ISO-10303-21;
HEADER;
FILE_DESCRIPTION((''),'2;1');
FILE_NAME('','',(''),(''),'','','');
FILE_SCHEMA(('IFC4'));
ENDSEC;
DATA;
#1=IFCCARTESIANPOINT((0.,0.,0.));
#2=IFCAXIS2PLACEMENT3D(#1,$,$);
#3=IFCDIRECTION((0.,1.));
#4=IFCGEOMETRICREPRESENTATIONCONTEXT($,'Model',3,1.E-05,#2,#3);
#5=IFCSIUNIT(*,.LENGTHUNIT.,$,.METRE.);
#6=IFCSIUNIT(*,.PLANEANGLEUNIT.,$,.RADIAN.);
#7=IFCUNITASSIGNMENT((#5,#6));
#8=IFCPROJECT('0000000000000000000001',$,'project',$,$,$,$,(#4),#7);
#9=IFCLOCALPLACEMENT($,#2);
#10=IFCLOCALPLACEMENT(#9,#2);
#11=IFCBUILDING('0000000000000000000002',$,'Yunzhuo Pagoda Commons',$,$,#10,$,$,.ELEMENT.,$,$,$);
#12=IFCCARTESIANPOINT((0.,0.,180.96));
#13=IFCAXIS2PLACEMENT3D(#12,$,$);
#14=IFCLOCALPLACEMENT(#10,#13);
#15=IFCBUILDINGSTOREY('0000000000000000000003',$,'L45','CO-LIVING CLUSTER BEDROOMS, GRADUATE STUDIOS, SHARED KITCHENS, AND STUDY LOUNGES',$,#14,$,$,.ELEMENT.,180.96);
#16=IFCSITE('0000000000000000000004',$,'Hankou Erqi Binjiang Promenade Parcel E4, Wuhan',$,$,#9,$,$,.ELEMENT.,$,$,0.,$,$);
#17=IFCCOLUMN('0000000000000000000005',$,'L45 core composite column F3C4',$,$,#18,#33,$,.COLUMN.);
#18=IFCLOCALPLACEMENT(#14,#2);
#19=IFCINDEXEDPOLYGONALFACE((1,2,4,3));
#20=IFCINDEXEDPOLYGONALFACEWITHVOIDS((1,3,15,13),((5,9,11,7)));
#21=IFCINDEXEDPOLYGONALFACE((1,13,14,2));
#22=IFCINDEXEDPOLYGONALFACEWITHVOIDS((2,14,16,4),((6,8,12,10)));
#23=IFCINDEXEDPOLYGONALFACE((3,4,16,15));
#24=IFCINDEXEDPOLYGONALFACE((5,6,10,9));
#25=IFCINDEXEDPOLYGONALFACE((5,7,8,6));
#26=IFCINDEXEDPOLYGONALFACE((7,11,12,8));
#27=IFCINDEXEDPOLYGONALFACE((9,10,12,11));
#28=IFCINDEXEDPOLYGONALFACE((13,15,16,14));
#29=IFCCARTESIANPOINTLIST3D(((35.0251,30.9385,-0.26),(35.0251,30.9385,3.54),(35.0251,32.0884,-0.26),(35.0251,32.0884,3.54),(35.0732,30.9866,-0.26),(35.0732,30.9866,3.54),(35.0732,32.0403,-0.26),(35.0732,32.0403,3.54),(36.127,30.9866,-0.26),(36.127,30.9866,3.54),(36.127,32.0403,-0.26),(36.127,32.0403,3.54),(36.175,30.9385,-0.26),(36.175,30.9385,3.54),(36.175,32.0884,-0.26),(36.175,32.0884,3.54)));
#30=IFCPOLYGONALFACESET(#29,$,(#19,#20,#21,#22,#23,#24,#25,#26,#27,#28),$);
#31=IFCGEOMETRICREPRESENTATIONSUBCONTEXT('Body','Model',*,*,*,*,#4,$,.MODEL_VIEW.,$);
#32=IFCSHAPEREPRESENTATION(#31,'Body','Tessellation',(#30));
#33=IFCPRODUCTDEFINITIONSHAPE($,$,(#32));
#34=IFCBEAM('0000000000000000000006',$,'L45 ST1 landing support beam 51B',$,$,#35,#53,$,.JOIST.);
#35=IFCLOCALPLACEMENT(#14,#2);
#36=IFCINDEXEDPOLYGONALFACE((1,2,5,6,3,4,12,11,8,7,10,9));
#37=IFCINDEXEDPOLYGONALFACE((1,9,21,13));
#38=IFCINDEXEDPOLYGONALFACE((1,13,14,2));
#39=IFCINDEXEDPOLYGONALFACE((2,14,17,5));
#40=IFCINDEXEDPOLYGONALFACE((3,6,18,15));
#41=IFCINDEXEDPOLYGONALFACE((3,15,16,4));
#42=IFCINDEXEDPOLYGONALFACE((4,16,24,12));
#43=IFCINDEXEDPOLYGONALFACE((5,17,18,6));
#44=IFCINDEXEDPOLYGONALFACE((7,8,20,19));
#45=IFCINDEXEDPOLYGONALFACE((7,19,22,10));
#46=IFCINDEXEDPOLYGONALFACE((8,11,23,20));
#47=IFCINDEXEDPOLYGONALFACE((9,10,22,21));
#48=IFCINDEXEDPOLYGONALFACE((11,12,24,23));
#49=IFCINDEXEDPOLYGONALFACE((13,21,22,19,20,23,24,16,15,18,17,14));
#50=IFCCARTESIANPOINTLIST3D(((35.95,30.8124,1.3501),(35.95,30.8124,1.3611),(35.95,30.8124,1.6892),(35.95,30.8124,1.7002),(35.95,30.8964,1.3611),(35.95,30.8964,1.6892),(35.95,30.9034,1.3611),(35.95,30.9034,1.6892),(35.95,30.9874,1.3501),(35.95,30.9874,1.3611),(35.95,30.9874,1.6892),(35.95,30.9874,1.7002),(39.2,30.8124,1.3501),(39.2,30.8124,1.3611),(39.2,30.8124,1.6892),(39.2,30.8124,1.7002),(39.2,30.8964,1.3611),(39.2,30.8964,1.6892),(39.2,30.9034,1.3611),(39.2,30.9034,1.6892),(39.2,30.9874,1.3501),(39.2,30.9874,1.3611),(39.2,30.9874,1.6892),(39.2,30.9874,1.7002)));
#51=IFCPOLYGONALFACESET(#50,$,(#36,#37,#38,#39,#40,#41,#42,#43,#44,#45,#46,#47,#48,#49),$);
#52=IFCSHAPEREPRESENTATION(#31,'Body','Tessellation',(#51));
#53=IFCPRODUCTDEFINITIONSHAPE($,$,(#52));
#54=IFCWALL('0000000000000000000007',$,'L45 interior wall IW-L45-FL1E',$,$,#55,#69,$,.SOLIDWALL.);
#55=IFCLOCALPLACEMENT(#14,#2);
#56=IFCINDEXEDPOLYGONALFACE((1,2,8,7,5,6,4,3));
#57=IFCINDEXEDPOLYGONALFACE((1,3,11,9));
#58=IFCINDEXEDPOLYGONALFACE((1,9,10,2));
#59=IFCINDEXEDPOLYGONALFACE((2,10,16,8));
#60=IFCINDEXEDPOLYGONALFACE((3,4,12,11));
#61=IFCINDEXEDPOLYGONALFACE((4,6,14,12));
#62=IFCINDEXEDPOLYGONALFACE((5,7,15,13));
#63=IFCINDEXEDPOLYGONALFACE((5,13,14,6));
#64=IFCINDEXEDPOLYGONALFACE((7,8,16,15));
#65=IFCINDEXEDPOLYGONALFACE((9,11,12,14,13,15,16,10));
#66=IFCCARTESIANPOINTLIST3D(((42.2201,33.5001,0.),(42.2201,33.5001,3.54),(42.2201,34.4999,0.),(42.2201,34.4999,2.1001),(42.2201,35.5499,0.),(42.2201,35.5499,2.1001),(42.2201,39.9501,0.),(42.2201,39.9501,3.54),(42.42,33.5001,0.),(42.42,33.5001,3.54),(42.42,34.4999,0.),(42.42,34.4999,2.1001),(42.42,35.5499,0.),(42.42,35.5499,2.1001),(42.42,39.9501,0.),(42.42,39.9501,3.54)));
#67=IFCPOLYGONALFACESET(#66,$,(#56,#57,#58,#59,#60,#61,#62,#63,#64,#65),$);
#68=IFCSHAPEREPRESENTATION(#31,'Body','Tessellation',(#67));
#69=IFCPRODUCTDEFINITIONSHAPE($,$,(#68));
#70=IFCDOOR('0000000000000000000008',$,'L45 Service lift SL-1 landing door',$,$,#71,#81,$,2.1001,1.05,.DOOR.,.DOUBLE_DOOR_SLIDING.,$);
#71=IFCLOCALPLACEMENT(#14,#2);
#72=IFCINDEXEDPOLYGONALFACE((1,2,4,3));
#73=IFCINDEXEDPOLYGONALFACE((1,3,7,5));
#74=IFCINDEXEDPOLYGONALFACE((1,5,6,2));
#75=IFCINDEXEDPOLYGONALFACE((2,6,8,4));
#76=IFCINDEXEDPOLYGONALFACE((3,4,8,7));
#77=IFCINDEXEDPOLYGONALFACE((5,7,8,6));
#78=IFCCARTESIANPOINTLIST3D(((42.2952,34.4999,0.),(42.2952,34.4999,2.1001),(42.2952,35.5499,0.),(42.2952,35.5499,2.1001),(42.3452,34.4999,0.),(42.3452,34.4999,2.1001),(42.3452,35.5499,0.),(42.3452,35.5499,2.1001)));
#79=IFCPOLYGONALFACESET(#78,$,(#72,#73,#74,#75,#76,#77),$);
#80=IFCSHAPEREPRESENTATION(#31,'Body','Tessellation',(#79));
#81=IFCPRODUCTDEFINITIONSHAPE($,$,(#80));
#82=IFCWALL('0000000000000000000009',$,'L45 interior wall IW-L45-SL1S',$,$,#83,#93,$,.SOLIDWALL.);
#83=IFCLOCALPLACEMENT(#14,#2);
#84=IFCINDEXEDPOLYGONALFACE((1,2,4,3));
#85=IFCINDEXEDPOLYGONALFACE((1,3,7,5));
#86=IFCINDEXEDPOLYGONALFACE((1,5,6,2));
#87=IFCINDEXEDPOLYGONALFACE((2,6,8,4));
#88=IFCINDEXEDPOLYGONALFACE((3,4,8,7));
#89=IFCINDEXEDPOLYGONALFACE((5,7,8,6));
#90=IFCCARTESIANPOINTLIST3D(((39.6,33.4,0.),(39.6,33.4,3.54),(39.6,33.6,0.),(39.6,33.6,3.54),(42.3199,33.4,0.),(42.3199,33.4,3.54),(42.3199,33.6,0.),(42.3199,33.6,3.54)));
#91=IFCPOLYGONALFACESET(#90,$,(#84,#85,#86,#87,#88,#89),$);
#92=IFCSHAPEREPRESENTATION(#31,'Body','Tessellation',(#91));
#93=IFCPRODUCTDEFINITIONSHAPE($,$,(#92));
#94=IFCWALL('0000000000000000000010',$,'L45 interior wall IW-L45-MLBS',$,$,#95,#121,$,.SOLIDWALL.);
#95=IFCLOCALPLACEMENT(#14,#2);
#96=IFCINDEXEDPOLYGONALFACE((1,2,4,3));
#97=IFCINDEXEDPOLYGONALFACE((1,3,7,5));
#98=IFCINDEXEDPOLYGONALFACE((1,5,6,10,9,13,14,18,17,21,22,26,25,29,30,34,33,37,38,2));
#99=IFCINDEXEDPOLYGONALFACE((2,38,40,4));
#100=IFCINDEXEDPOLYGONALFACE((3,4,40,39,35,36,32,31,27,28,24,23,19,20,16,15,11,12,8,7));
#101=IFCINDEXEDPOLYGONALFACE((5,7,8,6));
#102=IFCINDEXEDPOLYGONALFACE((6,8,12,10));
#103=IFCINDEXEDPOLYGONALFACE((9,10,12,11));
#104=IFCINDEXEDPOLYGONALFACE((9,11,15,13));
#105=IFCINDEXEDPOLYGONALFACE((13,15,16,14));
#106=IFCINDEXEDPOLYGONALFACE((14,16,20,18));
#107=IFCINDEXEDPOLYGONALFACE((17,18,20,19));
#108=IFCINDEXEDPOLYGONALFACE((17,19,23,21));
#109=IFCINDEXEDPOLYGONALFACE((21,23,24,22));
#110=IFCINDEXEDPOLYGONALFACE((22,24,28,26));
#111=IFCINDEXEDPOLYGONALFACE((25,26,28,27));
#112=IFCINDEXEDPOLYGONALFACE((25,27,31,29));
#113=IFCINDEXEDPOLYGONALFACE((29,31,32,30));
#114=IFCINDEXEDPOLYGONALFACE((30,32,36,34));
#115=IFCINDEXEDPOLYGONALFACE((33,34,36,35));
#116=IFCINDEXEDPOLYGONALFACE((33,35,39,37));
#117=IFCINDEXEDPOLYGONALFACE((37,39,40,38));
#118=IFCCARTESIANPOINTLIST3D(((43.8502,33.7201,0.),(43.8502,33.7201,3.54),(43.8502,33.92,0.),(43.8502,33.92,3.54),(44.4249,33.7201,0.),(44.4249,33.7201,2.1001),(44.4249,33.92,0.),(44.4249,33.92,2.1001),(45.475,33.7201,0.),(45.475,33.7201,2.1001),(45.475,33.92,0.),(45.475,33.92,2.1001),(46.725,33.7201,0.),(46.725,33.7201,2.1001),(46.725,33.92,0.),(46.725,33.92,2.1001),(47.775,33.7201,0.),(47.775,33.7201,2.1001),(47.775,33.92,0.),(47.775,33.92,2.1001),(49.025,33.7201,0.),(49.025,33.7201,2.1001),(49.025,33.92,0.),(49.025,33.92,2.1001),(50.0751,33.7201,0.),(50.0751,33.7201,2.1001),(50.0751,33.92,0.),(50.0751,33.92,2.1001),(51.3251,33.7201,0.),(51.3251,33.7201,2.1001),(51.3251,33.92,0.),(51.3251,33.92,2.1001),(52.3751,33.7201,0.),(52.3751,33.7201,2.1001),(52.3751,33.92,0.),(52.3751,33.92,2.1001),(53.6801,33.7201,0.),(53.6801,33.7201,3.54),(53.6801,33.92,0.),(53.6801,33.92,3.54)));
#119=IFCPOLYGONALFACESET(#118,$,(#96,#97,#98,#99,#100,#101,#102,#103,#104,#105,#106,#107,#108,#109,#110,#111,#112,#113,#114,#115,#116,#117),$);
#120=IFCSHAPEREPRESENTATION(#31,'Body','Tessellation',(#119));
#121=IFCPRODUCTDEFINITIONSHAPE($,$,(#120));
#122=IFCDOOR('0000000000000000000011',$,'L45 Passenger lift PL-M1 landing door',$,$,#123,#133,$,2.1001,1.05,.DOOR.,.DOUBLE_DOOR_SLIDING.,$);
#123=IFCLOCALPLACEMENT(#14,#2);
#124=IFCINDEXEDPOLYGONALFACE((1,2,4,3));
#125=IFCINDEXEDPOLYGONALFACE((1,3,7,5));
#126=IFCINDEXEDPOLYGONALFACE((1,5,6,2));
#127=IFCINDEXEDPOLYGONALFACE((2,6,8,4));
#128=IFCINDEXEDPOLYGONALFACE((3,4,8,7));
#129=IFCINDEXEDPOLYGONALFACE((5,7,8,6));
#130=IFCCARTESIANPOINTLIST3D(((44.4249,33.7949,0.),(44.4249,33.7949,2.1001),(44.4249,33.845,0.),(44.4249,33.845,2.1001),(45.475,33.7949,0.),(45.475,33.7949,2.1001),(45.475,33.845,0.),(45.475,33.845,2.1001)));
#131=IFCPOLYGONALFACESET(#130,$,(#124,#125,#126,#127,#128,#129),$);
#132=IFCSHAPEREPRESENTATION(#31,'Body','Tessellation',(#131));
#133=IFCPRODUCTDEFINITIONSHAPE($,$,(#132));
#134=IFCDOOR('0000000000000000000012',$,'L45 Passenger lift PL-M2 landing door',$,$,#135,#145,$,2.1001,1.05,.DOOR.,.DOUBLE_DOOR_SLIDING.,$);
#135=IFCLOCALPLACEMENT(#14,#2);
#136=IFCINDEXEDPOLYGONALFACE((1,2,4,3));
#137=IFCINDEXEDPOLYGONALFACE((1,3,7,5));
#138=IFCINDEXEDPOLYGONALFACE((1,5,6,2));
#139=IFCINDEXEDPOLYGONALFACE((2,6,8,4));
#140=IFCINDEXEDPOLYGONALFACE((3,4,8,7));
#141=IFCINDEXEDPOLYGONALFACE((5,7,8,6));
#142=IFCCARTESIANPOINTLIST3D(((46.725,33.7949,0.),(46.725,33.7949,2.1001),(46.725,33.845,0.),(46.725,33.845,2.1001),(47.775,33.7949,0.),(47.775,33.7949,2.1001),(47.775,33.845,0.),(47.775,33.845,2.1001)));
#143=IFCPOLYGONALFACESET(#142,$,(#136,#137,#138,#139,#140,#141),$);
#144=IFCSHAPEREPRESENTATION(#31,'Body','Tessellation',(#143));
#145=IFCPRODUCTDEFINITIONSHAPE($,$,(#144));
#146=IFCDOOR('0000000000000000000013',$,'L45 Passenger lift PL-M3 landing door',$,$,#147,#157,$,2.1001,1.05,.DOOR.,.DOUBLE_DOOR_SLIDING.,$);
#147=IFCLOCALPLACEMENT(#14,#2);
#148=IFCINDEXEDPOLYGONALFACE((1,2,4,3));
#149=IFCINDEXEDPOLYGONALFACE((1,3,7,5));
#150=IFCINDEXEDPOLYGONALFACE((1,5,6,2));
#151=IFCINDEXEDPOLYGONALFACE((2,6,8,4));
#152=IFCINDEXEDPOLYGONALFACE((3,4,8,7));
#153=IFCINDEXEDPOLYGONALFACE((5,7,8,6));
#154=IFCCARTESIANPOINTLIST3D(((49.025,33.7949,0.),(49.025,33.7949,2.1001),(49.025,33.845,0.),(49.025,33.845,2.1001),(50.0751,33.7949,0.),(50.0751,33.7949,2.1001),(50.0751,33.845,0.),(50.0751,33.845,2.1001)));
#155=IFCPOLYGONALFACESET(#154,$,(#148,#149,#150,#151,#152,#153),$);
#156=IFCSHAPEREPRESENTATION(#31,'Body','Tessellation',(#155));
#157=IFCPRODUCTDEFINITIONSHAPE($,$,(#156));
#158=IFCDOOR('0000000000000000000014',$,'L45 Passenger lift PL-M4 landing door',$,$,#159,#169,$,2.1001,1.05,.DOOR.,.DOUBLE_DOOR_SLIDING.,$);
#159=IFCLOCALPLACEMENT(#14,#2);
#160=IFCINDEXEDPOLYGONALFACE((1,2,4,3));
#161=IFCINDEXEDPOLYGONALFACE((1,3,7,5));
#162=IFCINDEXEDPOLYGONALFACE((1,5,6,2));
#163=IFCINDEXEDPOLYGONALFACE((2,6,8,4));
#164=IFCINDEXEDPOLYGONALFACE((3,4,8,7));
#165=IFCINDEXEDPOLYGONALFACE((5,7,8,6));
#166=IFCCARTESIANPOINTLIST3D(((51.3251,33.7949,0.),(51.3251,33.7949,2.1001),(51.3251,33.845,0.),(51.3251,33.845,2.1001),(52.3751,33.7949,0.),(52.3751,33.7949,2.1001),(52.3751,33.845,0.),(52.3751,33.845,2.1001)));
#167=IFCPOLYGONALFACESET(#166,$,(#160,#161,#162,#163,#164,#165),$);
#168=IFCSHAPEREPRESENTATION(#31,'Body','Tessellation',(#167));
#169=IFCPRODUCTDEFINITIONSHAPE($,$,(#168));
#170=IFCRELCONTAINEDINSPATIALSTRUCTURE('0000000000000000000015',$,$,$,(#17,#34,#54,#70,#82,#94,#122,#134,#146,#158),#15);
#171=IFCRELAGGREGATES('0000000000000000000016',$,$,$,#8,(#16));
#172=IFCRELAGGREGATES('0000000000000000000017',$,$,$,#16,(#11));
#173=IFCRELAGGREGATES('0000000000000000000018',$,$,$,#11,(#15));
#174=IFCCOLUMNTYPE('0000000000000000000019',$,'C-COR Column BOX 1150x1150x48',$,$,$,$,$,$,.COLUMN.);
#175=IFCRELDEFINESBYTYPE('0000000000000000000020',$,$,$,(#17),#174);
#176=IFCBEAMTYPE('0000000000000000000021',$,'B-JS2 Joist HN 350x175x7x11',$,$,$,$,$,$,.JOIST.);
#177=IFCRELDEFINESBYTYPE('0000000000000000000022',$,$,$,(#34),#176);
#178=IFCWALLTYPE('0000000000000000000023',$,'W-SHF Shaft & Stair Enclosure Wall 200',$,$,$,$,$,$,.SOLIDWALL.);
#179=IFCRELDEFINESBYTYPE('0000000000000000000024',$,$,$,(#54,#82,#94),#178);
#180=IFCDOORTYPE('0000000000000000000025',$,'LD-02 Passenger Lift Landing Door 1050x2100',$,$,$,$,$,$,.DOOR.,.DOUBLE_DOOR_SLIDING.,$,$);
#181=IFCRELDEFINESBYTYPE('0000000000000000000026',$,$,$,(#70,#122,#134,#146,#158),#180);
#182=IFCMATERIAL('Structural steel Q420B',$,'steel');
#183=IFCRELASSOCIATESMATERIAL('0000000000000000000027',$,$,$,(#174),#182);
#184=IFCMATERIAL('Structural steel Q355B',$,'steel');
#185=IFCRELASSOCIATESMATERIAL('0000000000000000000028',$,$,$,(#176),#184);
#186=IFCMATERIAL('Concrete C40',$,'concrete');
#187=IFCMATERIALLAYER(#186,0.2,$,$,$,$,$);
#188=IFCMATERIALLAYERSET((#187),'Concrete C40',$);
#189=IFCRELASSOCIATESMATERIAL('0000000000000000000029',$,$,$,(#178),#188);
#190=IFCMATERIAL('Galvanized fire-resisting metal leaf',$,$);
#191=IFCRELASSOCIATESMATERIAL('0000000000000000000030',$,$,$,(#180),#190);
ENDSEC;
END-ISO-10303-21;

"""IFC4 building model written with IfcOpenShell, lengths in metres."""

from ifc_helpers import new_model, si_unit, direction, frame, frame_2d, origin, origin_with_axes, origin_2d, place, context, subcontext, project, spatial, rectangle, hollow_rectangle, i_section, extrude, source, transform, mapped, material, layer, layer_set, material_profile, profile_set, type_object, element, fill, save


model = new_model("IFC4")

# Units and contexts
model_context = context("Model", 3, precision=1e-05, world=origin(), true_north=direction((0.0, 1.0)))
body_context = subcontext(model_context, "Body", "Model", "MODEL_VIEW")
ifc_project = project(units=[si_unit("LENGTHUNIT", "METRE"), si_unit("PLANEANGLEUNIT", "RADIAN")], contexts=[model_context])

# Site, building, storey
site_placement = place(None, origin())
site = spatial("IfcSite", under=ifc_project, at=site_placement, Name="Hankou Erqi Binjiang Promenade Parcel E4, Wuhan", CompositionType="ELEMENT", RefElevation=0.0)
building_placement = place(site_placement, origin())
building = spatial("IfcBuilding", under=site, at=building_placement, Name="Yunzhuo Pagoda Commons", CompositionType="ELEMENT")
storey_placement = place(building_placement, frame((0.0, 0.0, 180.96)))
storey = spatial("IfcBuildingStorey", under=building, at=storey_placement, Name="L45", Description="CO-LIVING CLUSTER BEDROOMS, GRADUATE STUDIOS, SHARED KITCHENS, AND STUDY LOUNGES", CompositionType="ELEMENT", Elevation=180.96)

# Column
ifc_material_1 = material(Name="Structural steel Q420B", Category="steel")
ifc_material_profile_1 = material_profile(ifc_material_1, hollow_rectangle(XDim=1.1499, YDim=1.1499, WallThickness=0.0481, at=origin_2d()), Name="Structural steel Q420B")
ifc_profile_set_1 = profile_set([ifc_material_profile_1], Name="Structural steel Q420B")
column_type = type_object("IfcColumnType", Name="C-COR Column BOX 1150x1150x48", PredefinedType="COLUMN", material=ifc_profile_set_1)
shared_shape_1 = source(origin(), body_context, "Body", "SweptSolid", [
    extrude(hollow_rectangle(XDim=1.1499, YDim=1.1499, WallThickness=0.0481, at=origin_2d()), origin(), (0.0, 0.0, 1.0), 3.8),
])
column_placement = place(storey_placement, frame((35.6001, 31.5134, -0.26), z_axis=(0.0, 0.0, 1.0), x_axis=(1.0, 0.0, 0.0)))
element("IfcColumn", 1, at=column_placement, inside=storey, type_object=column_type, Name="L45 core composite column F3C4", PredefinedType="COLUMN", context=body_context, shape_type="MappedRepresentation", body=[
    mapped(shared_shape_1, transform((0.0, 0.0, 0.0), scale=1.0)),
])

# Beam
ifc_material_2 = material(Name="Structural steel Q355B", Category="steel")
ifc_material_profile_2 = material_profile(ifc_material_2, i_section(OverallWidth=0.175, OverallDepth=0.3501, WebThickness=0.0071, FlangeThickness=0.011, at=origin_2d()), Name="Structural steel Q355B")
ifc_profile_set_2 = profile_set([ifc_material_profile_2], Name="Structural steel Q355B")
beam_type = type_object("IfcBeamType", Name="B-JS2 Joist HN 350x175x7x11", PredefinedType="JOIST", material=ifc_profile_set_2)
shared_shape_2 = source(origin(), body_context, "Body", "SweptSolid", [
    extrude(i_section(OverallWidth=0.175, OverallDepth=0.3501, WebThickness=0.0071, FlangeThickness=0.011, at=origin_2d()), origin(), (0.0, 0.0, 1.0), 3.25),
])
beam_placement = place(storey_placement, frame((35.95, 30.8999, 1.5251), z_axis=(1.0, 0.0, 0.0), x_axis=(0.0, 1.0, 0.0)))
element("IfcBeam", 2, at=beam_placement, inside=storey, type_object=beam_type, Name="L45 ST1 landing support beam 51B", PredefinedType="JOIST", context=body_context, shape_type="MappedRepresentation", body=[
    mapped(shared_shape_2, transform((0.0, 0.0, 0.0), scale=1.0)),
])

# Wall, opening, door
ifc_material_3 = material(Name="Concrete C40", Category="concrete")
ifc_layer = layer(ifc_material_3, 0.2)
ifc_layer_set = layer_set([ifc_layer], Name="Concrete C40")
wall_type = type_object("IfcWallType", Name="W-SHF Shaft & Stair Enclosure Wall 200", PredefinedType="SOLIDWALL", material=ifc_layer_set)
wall_1_placement = place(storey_placement, frame((42.3201, 33.5, 0.0), z_axis=(0.0, 0.0, 1.0), x_axis=(0.0, 1.0, 0.0)))
wall_1 = element("IfcWall", 3, at=wall_1_placement, inside=storey, type_object=wall_type, Name="L45 interior wall IW-L45-FL1E", PredefinedType="SOLIDWALL", context=body_context, shape_type="SweptSolid", body=[
    extrude(rectangle(XDim=6.45, YDim=0.2, at=frame_2d((3.2251, 0.0))), origin(), (0.0, 0.0, 1.0), 3.54),
])
opening_1_placement = place(wall_1_placement, frame((1.0, 0.0, 0.0)))
opening_1 = element("IfcOpeningElement", 4, at=opening_1_placement, cuts=wall_1, PredefinedType="OPENING", context=body_context, shape_type="SweptSolid", body=[
    extrude(rectangle(XDim=1.05, YDim=2.1001, at=frame_2d((0.5249, 1.05))), frame((0.0, 0.1099, 0.0), z_axis=(0.0, -1.0, 0.0), x_axis=(1.0, 0.0, 0.0)), (0.0, 0.0, 1.0), 0.22),
])
ifc_material_4 = material(Name="Galvanized fire-resisting metal leaf")
door_type = type_object("IfcDoorType", Name="LD-02 Passenger Lift Landing Door 1050x2100", OperationType="DOUBLE_DOOR_SLIDING", PredefinedType="DOOR", material=ifc_material_4)
shared_shape_3 = source(origin(), body_context, "Body", "SweptSolid", [
    extrude(rectangle(XDim=1.05, YDim=2.1001, at=frame_2d((0.5249, 1.05))), frame((0.0, 0.0249, 0.0), z_axis=(0.0, -1.0, 0.0), x_axis=(1.0, 0.0, 0.0)), (0.0, 0.0, 1.0), 0.05),
])
door_1_placement = place(opening_1_placement, origin_with_axes())
door_1 = element("IfcDoor", 5, at=door_1_placement, inside=storey, type_object=door_type, Name="L45 Service lift SL-1 landing door", OperationType="DOUBLE_DOOR_SLIDING", OverallHeight=2.1001, OverallWidth=1.05, PredefinedType="DOOR", context=body_context, shape_type="MappedRepresentation", body=[
    mapped(shared_shape_3, transform((0.0, 0.0, 0.0), scale=1.0)),
])
fill(opening_1, door_1)

# Wall
wall_2_placement = place(storey_placement, frame((39.6001, 33.5, 0.0), z_axis=(0.0, 0.0, 1.0), x_axis=(1.0, 0.0, 0.0)))
element("IfcWall", 6, at=wall_2_placement, inside=storey, type_object=wall_type, Name="L45 interior wall IW-L45-SL1S", PredefinedType="SOLIDWALL", context=body_context, shape_type="SweptSolid", body=[
    extrude(rectangle(XDim=2.72, YDim=0.2, at=frame_2d((1.3599, 0.0))), origin(), (0.0, 0.0, 1.0), 3.54),
])

# Wall, openings, doors
wall_3_placement = place(storey_placement, frame((43.8501, 33.8201, 0.0), z_axis=(0.0, 0.0, 1.0), x_axis=(1.0, 0.0, 0.0)))
wall_3 = element("IfcWall", 7, at=wall_3_placement, inside=storey, type_object=wall_type, Name="L45 interior wall IW-L45-MLBS", PredefinedType="SOLIDWALL", context=body_context, shape_type="SweptSolid", body=[
    extrude(rectangle(XDim=9.8298, YDim=0.2, at=frame_2d((4.915, 0.0))), origin(), (0.0, 0.0, 1.0), 3.54),
])
opening_2_placement = place(wall_3_placement, frame((0.575, 0.0, 0.0)))
opening_2 = element("IfcOpeningElement", 8, at=opening_2_placement, cuts=wall_3, PredefinedType="OPENING", context=body_context, shape_type="SweptSolid", body=[
    extrude(rectangle(XDim=1.05, YDim=2.1001, at=frame_2d((0.5249, 1.05))), frame((0.0, 0.1099, 0.0), z_axis=(0.0, -1.0, 0.0), x_axis=(1.0, 0.0, 0.0)), (0.0, 0.0, 1.0), 0.22),
])
opening_3_placement = place(wall_3_placement, frame((2.875, 0.0, 0.0)))
opening_3 = element("IfcOpeningElement", 9, at=opening_3_placement, cuts=wall_3, PredefinedType="OPENING", context=body_context, shape_type="SweptSolid", body=[
    extrude(rectangle(XDim=1.05, YDim=2.1001, at=frame_2d((0.5249, 1.05))), frame((0.0, 0.1099, 0.0), z_axis=(0.0, -1.0, 0.0), x_axis=(1.0, 0.0, 0.0)), (0.0, 0.0, 1.0), 0.22),
])
opening_4_placement = place(wall_3_placement, frame((5.175, 0.0, 0.0)))
opening_4 = element("IfcOpeningElement", 10, at=opening_4_placement, cuts=wall_3, PredefinedType="OPENING", context=body_context, shape_type="SweptSolid", body=[
    extrude(rectangle(XDim=1.05, YDim=2.1001, at=frame_2d((0.5249, 1.05))), frame((0.0, 0.1099, 0.0), z_axis=(0.0, -1.0, 0.0), x_axis=(1.0, 0.0, 0.0)), (0.0, 0.0, 1.0), 0.22),
])
opening_5_placement = place(wall_3_placement, frame((7.4751, 0.0, 0.0)))
opening_5 = element("IfcOpeningElement", 11, at=opening_5_placement, cuts=wall_3, PredefinedType="OPENING", context=body_context, shape_type="SweptSolid", body=[
    extrude(rectangle(XDim=1.05, YDim=2.1001, at=frame_2d((0.5249, 1.05))), frame((0.0, 0.1099, 0.0), z_axis=(0.0, -1.0, 0.0), x_axis=(1.0, 0.0, 0.0)), (0.0, 0.0, 1.0), 0.22),
])
door_2_placement = place(opening_2_placement, origin_with_axes())
door_2 = element("IfcDoor", 12, at=door_2_placement, inside=storey, type_object=door_type, Name="L45 Passenger lift PL-M1 landing door", OperationType="DOUBLE_DOOR_SLIDING", OverallHeight=2.1001, OverallWidth=1.05, PredefinedType="DOOR", context=body_context, shape_type="MappedRepresentation", body=[
    mapped(shared_shape_3, transform((0.0, 0.0, 0.0), scale=1.0)),
])
fill(opening_2, door_2)
door_3_placement = place(opening_3_placement, origin_with_axes())
door_3 = element("IfcDoor", 13, at=door_3_placement, inside=storey, type_object=door_type, Name="L45 Passenger lift PL-M2 landing door", OperationType="DOUBLE_DOOR_SLIDING", OverallHeight=2.1001, OverallWidth=1.05, PredefinedType="DOOR", context=body_context, shape_type="MappedRepresentation", body=[
    mapped(shared_shape_3, transform((0.0, 0.0, 0.0), scale=1.0)),
])
fill(opening_3, door_3)
door_4_placement = place(opening_4_placement, origin_with_axes())
door_4 = element("IfcDoor", 14, at=door_4_placement, inside=storey, type_object=door_type, Name="L45 Passenger lift PL-M3 landing door", OperationType="DOUBLE_DOOR_SLIDING", OverallHeight=2.1001, OverallWidth=1.05, PredefinedType="DOOR", context=body_context, shape_type="MappedRepresentation", body=[
    mapped(shared_shape_3, transform((0.0, 0.0, 0.0), scale=1.0)),
])
fill(opening_4, door_4)
door_5_placement = place(opening_5_placement, origin_with_axes())
door_5 = element("IfcDoor", 15, at=door_5_placement, inside=storey, type_object=door_type, Name="L45 Passenger lift PL-M4 landing door", OperationType="DOUBLE_DOOR_SLIDING", OverallHeight=2.1001, OverallWidth=1.05, PredefinedType="DOOR", context=body_context, shape_type="MappedRepresentation", body=[
    mapped(shared_shape_3, transform((0.0, 0.0, 0.0), scale=1.0)),
])
fill(opening_5, door_5)

save(model, "model.ifc")
